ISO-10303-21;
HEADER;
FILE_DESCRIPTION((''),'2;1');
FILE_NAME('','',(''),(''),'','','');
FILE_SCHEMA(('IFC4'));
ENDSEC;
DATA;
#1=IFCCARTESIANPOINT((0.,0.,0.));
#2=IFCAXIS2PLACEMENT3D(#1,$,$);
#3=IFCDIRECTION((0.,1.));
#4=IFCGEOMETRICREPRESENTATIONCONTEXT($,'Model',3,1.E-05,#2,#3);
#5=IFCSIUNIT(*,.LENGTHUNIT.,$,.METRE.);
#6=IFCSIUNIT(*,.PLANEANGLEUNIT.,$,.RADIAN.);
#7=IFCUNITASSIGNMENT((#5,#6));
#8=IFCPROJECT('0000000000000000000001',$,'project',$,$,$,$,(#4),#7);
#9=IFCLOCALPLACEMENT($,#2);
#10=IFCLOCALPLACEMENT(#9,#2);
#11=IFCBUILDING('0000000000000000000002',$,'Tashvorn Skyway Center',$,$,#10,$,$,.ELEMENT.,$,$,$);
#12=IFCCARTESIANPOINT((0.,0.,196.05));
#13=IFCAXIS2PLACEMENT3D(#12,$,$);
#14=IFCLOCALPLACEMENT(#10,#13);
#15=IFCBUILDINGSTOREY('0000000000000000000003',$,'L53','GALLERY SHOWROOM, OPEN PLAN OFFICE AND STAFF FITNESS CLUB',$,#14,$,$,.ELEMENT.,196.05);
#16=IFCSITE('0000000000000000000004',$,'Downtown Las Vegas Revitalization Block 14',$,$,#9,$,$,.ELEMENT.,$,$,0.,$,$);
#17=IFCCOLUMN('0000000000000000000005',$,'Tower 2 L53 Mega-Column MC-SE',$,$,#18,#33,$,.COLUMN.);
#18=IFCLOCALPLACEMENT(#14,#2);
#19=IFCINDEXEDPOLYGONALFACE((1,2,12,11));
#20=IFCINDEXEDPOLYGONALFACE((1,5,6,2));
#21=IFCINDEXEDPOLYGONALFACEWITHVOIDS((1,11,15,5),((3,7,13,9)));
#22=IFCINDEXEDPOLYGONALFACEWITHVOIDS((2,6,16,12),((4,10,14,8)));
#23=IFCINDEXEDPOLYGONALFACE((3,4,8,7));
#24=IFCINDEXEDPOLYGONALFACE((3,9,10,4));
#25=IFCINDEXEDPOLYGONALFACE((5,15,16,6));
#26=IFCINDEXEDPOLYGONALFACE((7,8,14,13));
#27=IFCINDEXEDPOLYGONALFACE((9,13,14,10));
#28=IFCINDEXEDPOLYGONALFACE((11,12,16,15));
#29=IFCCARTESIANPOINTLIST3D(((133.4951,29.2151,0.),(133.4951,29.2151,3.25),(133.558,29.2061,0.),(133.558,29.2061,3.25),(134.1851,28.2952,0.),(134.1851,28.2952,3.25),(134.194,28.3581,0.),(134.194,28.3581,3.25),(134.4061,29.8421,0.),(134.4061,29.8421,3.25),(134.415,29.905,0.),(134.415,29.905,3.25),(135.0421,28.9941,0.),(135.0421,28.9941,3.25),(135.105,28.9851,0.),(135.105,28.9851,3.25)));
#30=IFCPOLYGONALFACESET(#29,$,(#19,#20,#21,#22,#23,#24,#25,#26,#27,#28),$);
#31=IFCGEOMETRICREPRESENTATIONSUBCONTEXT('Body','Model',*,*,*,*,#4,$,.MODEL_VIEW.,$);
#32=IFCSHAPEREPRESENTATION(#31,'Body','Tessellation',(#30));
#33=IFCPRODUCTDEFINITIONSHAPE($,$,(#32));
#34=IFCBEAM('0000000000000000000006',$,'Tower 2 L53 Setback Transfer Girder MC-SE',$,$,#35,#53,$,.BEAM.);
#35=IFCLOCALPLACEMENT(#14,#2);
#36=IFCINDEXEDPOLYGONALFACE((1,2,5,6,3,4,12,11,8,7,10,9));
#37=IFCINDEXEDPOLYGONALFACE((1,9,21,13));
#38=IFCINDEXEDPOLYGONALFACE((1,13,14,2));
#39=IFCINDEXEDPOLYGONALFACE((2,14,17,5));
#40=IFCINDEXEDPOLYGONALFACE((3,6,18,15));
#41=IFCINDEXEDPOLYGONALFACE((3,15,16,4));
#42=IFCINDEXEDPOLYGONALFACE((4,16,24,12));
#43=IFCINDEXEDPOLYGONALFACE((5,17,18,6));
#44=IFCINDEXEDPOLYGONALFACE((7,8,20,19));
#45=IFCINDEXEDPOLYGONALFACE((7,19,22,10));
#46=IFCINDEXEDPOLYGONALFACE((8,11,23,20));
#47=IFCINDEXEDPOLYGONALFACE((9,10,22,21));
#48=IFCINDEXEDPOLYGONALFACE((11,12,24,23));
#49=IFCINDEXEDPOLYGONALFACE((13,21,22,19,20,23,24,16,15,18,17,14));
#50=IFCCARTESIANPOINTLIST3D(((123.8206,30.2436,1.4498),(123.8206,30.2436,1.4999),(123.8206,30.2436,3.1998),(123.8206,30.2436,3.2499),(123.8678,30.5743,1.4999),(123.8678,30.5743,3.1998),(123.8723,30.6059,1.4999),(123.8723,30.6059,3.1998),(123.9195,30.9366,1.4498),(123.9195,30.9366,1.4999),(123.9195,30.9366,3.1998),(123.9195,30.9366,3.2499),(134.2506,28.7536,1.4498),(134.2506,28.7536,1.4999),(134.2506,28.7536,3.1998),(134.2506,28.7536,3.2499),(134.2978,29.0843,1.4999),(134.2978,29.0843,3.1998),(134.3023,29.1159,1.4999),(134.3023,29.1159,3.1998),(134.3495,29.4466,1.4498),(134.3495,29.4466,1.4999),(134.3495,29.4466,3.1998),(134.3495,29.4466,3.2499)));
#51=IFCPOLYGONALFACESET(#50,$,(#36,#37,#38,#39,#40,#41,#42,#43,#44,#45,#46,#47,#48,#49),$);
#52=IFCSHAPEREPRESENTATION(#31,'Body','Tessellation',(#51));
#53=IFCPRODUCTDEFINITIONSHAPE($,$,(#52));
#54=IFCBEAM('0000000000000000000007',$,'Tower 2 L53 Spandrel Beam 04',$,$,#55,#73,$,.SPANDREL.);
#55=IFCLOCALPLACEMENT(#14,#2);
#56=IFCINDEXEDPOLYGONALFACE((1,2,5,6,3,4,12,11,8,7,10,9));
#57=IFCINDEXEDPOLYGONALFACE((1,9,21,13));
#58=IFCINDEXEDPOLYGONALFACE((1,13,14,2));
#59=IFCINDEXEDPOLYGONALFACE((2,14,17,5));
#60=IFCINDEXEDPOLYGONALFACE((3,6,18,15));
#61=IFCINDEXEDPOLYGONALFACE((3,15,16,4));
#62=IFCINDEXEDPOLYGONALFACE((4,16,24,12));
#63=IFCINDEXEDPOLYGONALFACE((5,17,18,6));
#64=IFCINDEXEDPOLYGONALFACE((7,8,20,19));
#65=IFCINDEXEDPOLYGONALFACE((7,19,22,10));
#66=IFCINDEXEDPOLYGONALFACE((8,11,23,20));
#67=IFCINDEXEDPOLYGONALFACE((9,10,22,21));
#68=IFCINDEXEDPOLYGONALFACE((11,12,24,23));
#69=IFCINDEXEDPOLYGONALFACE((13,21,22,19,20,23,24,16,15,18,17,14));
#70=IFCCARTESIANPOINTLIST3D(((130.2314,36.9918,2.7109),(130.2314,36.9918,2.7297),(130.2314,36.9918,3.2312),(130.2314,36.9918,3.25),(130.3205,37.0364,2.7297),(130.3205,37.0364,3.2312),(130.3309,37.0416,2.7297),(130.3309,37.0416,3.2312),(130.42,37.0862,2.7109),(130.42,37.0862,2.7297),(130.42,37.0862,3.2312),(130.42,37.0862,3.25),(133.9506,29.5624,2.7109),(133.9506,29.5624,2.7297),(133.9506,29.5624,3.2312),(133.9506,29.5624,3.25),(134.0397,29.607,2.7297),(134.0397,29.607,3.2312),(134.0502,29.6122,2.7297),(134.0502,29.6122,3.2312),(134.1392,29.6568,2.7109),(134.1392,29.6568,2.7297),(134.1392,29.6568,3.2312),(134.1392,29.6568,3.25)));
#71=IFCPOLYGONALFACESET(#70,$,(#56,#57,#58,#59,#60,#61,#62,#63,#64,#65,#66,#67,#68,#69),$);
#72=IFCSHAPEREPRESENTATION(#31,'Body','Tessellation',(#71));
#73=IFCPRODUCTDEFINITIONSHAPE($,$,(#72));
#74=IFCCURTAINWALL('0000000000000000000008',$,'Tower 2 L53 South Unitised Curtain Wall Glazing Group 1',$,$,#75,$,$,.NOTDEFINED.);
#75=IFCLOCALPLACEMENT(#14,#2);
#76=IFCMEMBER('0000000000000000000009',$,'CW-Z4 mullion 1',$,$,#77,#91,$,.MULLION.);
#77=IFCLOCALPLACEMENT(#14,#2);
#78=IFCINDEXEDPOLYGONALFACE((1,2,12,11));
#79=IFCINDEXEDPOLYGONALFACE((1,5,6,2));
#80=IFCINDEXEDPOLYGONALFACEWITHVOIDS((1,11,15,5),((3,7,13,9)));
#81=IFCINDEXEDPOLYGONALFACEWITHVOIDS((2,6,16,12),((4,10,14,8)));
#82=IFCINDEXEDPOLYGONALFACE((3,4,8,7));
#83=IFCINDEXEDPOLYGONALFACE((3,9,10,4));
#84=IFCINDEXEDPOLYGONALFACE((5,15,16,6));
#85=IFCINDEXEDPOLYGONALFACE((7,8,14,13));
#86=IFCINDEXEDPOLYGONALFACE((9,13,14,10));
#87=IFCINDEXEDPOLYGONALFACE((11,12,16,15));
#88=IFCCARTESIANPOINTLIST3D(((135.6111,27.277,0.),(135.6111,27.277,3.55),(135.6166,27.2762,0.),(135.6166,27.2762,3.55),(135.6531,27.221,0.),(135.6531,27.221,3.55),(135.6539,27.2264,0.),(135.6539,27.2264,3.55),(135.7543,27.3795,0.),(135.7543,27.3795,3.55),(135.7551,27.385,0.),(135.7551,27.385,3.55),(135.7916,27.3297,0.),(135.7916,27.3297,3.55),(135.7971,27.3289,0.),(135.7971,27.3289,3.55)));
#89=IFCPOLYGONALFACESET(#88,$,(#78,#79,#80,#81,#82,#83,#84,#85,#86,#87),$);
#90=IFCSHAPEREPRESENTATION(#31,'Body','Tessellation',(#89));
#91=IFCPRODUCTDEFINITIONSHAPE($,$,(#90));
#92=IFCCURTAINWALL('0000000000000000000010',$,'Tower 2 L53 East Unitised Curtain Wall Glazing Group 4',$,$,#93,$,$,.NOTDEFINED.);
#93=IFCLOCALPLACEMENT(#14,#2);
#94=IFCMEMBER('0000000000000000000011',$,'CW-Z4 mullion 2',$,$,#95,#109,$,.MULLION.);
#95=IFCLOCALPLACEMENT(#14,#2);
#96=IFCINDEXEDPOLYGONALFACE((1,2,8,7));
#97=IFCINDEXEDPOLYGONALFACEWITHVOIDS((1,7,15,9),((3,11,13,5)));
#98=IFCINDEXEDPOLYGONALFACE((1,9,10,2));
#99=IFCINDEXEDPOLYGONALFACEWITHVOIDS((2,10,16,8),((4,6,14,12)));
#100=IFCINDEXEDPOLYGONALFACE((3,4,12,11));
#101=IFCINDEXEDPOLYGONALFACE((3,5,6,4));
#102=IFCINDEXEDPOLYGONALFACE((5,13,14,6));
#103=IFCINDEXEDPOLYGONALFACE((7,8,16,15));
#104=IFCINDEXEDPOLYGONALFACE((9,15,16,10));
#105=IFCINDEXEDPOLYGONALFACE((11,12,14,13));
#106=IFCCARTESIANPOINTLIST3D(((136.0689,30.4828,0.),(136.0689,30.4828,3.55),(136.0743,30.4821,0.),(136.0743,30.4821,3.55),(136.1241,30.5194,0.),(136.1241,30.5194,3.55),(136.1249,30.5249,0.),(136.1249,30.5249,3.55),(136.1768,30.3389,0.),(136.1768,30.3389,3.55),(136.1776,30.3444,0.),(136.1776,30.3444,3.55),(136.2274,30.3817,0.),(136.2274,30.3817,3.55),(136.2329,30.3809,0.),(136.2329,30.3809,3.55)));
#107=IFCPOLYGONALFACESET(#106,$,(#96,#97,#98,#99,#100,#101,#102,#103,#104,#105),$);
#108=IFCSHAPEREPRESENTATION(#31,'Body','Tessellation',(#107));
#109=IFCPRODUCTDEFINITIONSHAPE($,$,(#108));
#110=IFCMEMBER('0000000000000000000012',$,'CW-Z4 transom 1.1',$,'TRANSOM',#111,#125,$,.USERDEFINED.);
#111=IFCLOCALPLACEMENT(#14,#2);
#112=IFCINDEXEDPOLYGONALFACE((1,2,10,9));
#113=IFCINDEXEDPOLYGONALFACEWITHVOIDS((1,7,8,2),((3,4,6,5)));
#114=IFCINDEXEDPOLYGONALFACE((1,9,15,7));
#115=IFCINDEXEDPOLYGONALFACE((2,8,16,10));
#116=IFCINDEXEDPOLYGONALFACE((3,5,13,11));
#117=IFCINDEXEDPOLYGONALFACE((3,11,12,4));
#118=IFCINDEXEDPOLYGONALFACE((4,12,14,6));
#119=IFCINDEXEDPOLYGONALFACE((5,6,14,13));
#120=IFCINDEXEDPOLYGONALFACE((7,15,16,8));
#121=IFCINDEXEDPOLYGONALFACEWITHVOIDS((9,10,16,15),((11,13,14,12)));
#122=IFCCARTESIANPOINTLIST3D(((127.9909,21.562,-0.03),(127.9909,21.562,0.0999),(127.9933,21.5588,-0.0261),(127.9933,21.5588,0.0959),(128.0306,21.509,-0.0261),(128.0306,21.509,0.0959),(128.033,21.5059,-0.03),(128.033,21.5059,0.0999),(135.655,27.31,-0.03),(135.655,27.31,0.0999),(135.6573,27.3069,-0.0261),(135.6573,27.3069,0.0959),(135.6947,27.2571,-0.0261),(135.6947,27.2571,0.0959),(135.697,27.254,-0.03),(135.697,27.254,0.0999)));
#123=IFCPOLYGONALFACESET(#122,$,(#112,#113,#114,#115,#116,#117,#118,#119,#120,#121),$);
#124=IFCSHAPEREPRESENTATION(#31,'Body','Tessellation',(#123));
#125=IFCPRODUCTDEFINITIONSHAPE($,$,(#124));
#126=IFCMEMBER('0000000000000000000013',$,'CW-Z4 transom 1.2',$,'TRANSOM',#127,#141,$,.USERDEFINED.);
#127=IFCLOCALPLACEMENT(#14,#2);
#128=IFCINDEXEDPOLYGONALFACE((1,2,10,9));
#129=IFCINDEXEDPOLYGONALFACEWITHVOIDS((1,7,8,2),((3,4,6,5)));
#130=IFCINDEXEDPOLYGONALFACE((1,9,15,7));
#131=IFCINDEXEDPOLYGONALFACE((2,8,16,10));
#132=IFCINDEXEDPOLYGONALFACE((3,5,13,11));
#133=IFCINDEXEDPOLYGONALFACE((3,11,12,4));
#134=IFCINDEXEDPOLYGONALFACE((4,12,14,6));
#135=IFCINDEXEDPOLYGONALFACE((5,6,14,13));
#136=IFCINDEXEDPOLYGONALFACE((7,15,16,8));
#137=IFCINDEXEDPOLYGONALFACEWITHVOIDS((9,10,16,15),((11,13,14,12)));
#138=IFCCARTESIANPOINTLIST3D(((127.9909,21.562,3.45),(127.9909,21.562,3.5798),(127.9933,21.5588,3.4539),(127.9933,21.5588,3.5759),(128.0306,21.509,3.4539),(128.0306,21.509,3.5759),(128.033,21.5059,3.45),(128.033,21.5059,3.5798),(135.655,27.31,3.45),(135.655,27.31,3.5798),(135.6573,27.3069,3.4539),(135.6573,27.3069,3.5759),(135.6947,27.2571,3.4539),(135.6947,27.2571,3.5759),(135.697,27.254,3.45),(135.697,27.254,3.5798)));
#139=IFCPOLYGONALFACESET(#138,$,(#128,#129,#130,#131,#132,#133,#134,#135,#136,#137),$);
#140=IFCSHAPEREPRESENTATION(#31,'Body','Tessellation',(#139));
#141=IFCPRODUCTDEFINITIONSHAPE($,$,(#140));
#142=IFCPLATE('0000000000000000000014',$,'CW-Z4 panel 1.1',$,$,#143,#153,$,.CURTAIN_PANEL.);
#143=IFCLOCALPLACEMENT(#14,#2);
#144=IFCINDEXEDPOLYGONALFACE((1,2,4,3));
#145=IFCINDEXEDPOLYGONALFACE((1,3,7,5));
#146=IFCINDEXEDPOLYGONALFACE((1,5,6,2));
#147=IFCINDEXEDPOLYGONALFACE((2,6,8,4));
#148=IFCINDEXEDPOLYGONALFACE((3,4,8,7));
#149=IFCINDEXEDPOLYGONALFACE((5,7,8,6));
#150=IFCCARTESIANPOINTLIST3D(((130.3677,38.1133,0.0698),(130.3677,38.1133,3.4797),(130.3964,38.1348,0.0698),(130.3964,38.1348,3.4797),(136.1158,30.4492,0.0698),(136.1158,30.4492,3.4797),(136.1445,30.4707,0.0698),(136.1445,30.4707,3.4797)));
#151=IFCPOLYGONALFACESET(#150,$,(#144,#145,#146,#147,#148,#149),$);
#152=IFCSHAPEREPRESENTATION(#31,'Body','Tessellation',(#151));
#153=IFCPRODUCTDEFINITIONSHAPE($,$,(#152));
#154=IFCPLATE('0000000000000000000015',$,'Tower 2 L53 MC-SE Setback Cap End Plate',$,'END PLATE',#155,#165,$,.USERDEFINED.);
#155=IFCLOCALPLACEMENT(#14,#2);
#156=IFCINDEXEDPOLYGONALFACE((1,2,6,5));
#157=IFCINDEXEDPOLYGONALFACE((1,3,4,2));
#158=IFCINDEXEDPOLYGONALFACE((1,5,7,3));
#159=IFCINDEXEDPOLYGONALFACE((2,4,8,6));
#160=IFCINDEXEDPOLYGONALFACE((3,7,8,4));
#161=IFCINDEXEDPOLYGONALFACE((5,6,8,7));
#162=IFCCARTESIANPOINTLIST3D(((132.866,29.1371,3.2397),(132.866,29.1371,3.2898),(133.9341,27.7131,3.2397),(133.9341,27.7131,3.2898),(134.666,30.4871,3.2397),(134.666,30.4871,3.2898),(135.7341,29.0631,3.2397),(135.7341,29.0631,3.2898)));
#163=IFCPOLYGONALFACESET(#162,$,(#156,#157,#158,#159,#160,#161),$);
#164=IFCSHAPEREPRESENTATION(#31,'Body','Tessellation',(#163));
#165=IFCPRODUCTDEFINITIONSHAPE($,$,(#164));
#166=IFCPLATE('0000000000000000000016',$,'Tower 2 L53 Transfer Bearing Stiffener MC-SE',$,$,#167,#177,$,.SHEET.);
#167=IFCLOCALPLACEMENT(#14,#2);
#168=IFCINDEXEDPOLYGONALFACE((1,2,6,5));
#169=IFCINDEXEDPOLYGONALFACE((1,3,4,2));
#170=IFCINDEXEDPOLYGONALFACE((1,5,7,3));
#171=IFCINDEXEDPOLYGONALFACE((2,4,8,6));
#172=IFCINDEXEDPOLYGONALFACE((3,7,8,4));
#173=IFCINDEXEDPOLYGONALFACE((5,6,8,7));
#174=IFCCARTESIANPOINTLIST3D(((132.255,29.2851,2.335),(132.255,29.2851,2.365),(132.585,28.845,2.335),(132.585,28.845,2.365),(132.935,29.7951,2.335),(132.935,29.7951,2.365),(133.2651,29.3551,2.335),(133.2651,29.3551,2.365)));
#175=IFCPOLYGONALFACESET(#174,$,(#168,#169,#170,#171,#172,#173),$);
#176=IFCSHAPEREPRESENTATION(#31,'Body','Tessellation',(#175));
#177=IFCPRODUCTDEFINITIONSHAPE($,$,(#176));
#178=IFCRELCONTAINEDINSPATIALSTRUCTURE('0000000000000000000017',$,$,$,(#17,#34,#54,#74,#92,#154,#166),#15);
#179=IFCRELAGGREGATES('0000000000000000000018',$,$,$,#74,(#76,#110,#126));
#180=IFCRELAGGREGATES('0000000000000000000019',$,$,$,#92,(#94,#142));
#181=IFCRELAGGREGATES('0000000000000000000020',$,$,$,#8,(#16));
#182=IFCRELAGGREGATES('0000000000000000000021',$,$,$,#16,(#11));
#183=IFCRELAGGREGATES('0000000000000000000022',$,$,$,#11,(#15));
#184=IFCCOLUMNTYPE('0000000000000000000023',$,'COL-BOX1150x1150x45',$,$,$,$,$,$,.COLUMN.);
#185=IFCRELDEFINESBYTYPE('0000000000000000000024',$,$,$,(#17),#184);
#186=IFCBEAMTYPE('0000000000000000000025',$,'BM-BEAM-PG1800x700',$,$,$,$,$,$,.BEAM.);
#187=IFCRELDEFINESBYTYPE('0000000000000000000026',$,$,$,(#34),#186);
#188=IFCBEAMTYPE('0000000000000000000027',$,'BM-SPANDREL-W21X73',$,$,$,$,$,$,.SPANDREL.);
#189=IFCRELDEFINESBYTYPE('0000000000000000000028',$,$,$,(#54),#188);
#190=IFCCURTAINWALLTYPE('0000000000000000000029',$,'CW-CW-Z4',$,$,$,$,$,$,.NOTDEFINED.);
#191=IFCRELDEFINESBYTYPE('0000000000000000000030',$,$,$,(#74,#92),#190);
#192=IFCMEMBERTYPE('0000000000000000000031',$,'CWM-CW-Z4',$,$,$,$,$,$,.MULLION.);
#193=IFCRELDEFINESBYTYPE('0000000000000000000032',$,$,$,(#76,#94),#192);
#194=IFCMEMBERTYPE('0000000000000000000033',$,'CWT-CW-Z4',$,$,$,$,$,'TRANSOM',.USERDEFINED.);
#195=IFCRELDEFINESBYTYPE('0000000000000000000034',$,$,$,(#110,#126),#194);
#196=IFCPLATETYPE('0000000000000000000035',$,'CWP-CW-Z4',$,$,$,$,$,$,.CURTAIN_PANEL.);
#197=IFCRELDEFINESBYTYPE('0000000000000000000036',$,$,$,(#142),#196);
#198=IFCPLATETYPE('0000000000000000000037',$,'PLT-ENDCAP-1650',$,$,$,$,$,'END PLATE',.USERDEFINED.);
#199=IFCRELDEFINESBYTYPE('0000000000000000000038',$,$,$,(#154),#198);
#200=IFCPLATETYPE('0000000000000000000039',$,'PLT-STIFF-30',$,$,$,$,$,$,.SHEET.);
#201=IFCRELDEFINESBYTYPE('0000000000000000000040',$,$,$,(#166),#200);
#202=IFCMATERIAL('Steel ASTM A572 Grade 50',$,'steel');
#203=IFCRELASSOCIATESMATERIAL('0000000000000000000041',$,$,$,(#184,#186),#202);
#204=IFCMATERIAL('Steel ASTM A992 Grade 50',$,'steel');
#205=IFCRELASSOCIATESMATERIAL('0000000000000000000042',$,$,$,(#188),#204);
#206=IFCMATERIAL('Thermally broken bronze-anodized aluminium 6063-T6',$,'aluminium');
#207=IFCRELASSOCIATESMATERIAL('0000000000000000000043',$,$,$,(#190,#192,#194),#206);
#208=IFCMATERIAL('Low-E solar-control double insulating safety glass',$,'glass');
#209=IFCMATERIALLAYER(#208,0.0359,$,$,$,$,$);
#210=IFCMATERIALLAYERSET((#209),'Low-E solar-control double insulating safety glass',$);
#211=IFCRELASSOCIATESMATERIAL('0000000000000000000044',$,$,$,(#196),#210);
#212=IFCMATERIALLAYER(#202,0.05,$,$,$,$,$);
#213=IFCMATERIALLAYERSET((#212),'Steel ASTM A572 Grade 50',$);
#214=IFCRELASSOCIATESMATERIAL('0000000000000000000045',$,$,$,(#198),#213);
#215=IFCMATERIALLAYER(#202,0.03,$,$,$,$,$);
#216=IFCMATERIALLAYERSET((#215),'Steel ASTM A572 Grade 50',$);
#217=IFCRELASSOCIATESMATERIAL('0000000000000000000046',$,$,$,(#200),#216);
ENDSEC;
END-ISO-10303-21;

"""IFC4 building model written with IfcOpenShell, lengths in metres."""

from ifc_helpers import new_model, si_unit, direction, frame, origin, origin_2d, place, context, subcontext, project, spatial, rectangle, hollow_rectangle, i_section, extrude, material, layer, layer_set, material_profile, profile_set, type_object, element, aggregate, save


model = new_model("IFC4")

# Units and contexts
model_context = context("Model", 3, precision=1e-05, world=origin(), true_north=direction((0.0, 1.0)))
body_context = subcontext(model_context, "Body", "Model", "MODEL_VIEW")
ifc_project = project(units=[si_unit("LENGTHUNIT", "METRE"), si_unit("PLANEANGLEUNIT", "RADIAN")], contexts=[model_context])

# Site, building, storey
site_placement = place(None, origin())
site = spatial("IfcSite", under=ifc_project, at=site_placement, Name="Downtown Las Vegas Revitalization Block 14", CompositionType="ELEMENT", RefElevation=0.0)
building_placement = place(site_placement, origin())
building = spatial("IfcBuilding", under=site, at=building_placement, Name="Tashvorn Skyway Center", CompositionType="ELEMENT")
storey_placement = place(building_placement, frame((0.0, 0.0, 196.05)))
storey = spatial("IfcBuildingStorey", under=building, at=storey_placement, Name="L53", Description="GALLERY SHOWROOM, OPEN PLAN OFFICE AND STAFF FITNESS CLUB", CompositionType="ELEMENT", Elevation=196.05)

# Column
ifc_material_1 = material(Name="Steel ASTM A572 Grade 50", Category="steel")
ifc_material_profile_1 = material_profile(ifc_material_1, hollow_rectangle(XDim=1.1499, YDim=1.1499, WallThickness=0.0449, at=origin_2d()), Name="BOX1150x1150x45")
ifc_profile_set_1 = profile_set([ifc_material_profile_1], Name="Steel ASTM A572 Grade 50")
column_type = type_object("IfcColumnType", Name="COL-BOX1150x1150x45", PredefinedType="COLUMN", material=ifc_profile_set_1)
column_placement = place(storey_placement, frame((134.3, 29.1001, 0.0), z_axis=(0.0, 0.0, 1.0), x_axis=(0.8, 0.6, 0.0)))
element("IfcColumn", 1, at=column_placement, inside=storey, type_object=column_type, Name="Tower 2 L53 Mega-Column MC-SE", PredefinedType="COLUMN", context=body_context, shape_type="SweptSolid", body=[
    extrude(hollow_rectangle(XDim=1.1499, YDim=1.1499, WallThickness=0.0449, at=origin_2d()), origin(), (0.0, 0.0, 1.0), 3.25),
])

# Beams
ifc_material_profile_2 = material_profile(ifc_material_1, i_section(OverallWidth=0.7, OverallDepth=1.8, WebThickness=0.032, FlangeThickness=0.05, at=origin_2d()), Name="PG1800x700")
ifc_profile_set_2 = profile_set([ifc_material_profile_2], Name="Steel ASTM A572 Grade 50")
beam_type_1 = type_object("IfcBeamType", Name="BM-BEAM-PG1800x700", PredefinedType="BEAM", material=ifc_profile_set_2)
beam_1_placement = place(storey_placement, frame((134.3, 29.1001, 2.3499), z_axis=(-0.989949, 0.141421, 0.0), x_axis=(-0.141421, -0.989949, 0.0)))
element("IfcBeam", 2, at=beam_1_placement, inside=storey, type_object=beam_type_1, Name="Tower 2 L53 Setback Transfer Girder MC-SE", PredefinedType="BEAM", context=body_context, shape_type="SweptSolid", body=[
    extrude(i_section(OverallWidth=0.7, OverallDepth=1.8, WebThickness=0.032, FlangeThickness=0.05, at=origin_2d()), origin(), (0.0, 0.0, 1.0), 10.5359),
])
ifc_material_2 = material(Name="Steel ASTM A992 Grade 50", Category="steel")
ifc_material_profile_3 = material_profile(ifc_material_2, i_section(OverallWidth=0.2109, OverallDepth=0.5391, WebThickness=0.0117, FlangeThickness=0.0188, at=origin_2d()), Name="W21X73")
ifc_profile_set_3 = profile_set([ifc_material_profile_3], Name="Steel ASTM A992 Grade 50")
beam_type_2 = type_object("IfcBeamType", Name="BM-SPANDREL-W21X73", PredefinedType="SPANDREL", material=ifc_profile_set_3)
beam_2_placement = place(storey_placement, frame((134.0449, 29.6096, 2.9805), z_axis=(-0.447648, 0.89421, 0.0), x_axis=(-0.89421, -0.447648, 0.0)))
element("IfcBeam", 3, at=beam_2_placement, inside=storey, type_object=beam_type_2, Name="Tower 2 L53 Spandrel Beam 04", PredefinedType="SPANDREL", context=body_context, shape_type="SweptSolid", body=[
    extrude(i_section(OverallWidth=0.2109, OverallDepth=0.5391, WebThickness=0.0117, FlangeThickness=0.0188, at=origin_2d()), origin(), (0.0, 0.0, 1.0), 8.3083),
])

# Curtain walls, members
ifc_material_3 = material(Name="Thermally broken bronze-anodized aluminium 6063-T6", Category="aluminium")
curtain_wall_type = type_object("IfcCurtainWallType", Name="CW-CW-Z4", PredefinedType="NOTDEFINED", material=ifc_material_3)
curtain_wall_1_placement = place(storey_placement, origin())
curtain_wall_1 = element("IfcCurtainWall", 4, at=curtain_wall_1_placement, inside=storey, type_object=curtain_wall_type, Name="Tower 2 L53 South Unitised Curtain Wall Glazing Group 1", PredefinedType="NOTDEFINED")
ifc_material_profile_4 = material_profile(ifc_material_3, hollow_rectangle(XDim=0.0701, YDim=0.1799, WallThickness=0.0039, at=origin_2d()), Name="ALU-MULL-70x180")
ifc_profile_set_4 = profile_set([ifc_material_profile_4], Name="Thermally broken bronze-anodized aluminium 6063-T6")
member_type_1 = type_object("IfcMemberType", Name="CWM-CW-Z4", PredefinedType="MULLION", material=ifc_profile_set_4)
member_1_placement = place(storey_placement, frame((135.7041, 27.303, 0.0), z_axis=(0.0, 0.0, 1.0), x_axis=(0.6, -0.8, 0.0)))
member_1 = element("IfcMember", 5, at=member_1_placement, type_object=member_type_1, Name="CW-Z4 mullion 1", PredefinedType="MULLION", context=body_context, shape_type="SweptSolid", body=[
    extrude(hollow_rectangle(XDim=0.0701, YDim=0.1799, WallThickness=0.0039, at=origin_2d()), origin(), (0.0, 0.0, 1.0), 3.55),
])
curtain_wall_2_placement = place(storey_placement, origin())
curtain_wall_2 = element("IfcCurtainWall", 6, at=curtain_wall_2_placement, inside=storey, type_object=curtain_wall_type, Name="Tower 2 L53 East Unitised Curtain Wall Glazing Group 4", PredefinedType="NOTDEFINED")
member_2_placement = place(storey_placement, frame((136.1509, 30.4319, 0.0), z_axis=(0.0, 0.0, 1.0), x_axis=(0.8, 0.6, 0.0)))
member_2 = element("IfcMember", 7, at=member_2_placement, type_object=member_type_1, Name="CW-Z4 mullion 2", PredefinedType="MULLION", context=body_context, shape_type="SweptSolid", body=[
    extrude(hollow_rectangle(XDim=0.0701, YDim=0.1799, WallThickness=0.0039, at=origin_2d()), origin(), (0.0, 0.0, 1.0), 3.55),
])

# Members
ifc_material_profile_5 = material_profile(ifc_material_3, hollow_rectangle(XDim=0.0701, YDim=0.1299, WallThickness=0.0039, at=origin_2d()), Name="ALU-TRAN-70x130")
ifc_profile_set_5 = profile_set([ifc_material_profile_5], Name="Thermally broken bronze-anodized aluminium 6063-T6")
member_type_2 = type_object("IfcMemberType", Name="CWT-CW-Z4", ElementType="TRANSOM", PredefinedType="USERDEFINED", material=ifc_profile_set_5)
member_3_placement = place(storey_placement, frame((135.676, 27.282, 0.0349), z_axis=(-0.8, -0.6, 0.0), x_axis=(0.6, -0.8, 0.0)))
member_3 = element("IfcMember", 8, at=member_3_placement, type_object=member_type_2, Name="CW-Z4 transom 1.1", ObjectType="TRANSOM", PredefinedType="USERDEFINED", context=body_context, shape_type="SweptSolid", body=[
    extrude(hollow_rectangle(XDim=0.0701, YDim=0.1299, WallThickness=0.0039, at=origin_2d()), origin(), (0.0, 0.0, 1.0), 9.5801),
])
member_4_placement = place(storey_placement, frame((135.676, 27.282, 3.5149), z_axis=(-0.8, -0.6, 0.0), x_axis=(0.6, -0.8, 0.0)))
member_4 = element("IfcMember", 9, at=member_4_placement, type_object=member_type_2, Name="CW-Z4 transom 1.2", ObjectType="TRANSOM", PredefinedType="USERDEFINED", context=body_context, shape_type="SweptSolid", body=[
    extrude(hollow_rectangle(XDim=0.0701, YDim=0.1299, WallThickness=0.0039, at=origin_2d()), origin(), (0.0, 0.0, 1.0), 9.5801),
])
aggregate(curtain_wall_1, [member_1, member_3, member_4])

# Plate
ifc_material_4 = material(Name="Low-E solar-control double insulating safety glass", Category="glass")
ifc_layer_1 = layer(ifc_material_4, 0.0359)
ifc_layer_set_1 = layer_set([ifc_layer_1], Name="Low-E solar-control double insulating safety glass")
plate_type_1 = type_object("IfcPlateType", Name="CWP-CW-Z4", PredefinedType="CURTAIN_PANEL", material=ifc_layer_set_1)
plate_1_placement = place(storey_placement, frame((133.2561, 34.292, 0.0698), z_axis=(0.0, 0.0, 1.0), x_axis=(0.6, -0.8, 0.0)))
plate_1 = element("IfcPlate", 10, at=plate_1_placement, type_object=plate_type_1, Name="CW-Z4 panel 1.1", PredefinedType="CURTAIN_PANEL", context=body_context, shape_type="SweptSolid", body=[
    extrude(rectangle(XDim=9.5801, YDim=0.0359, at=origin_2d()), origin(), (0.0, 0.0, 1.0), 3.4099),
])
aggregate(curtain_wall_2, [member_2, plate_1])

# Plates
ifc_layer_2 = layer(ifc_material_1, 0.05)
ifc_layer_set_2 = layer_set([ifc_layer_2], Name="Steel ASTM A572 Grade 50")
plate_type_2 = type_object("IfcPlateType", Name="PLT-ENDCAP-1650", ElementType="END PLATE", PredefinedType="USERDEFINED", material=ifc_layer_set_2)
plate_2_placement = place(storey_placement, frame((134.3, 29.1001, 3.2397), z_axis=(0.0, 0.0, 1.0), x_axis=(0.8, 0.6, 0.0)))
element("IfcPlate", 11, at=plate_2_placement, inside=storey, type_object=plate_type_2, Name="Tower 2 L53 MC-SE Setback Cap End Plate", ObjectType="END PLATE", PredefinedType="USERDEFINED", context=body_context, shape_type="SweptSolid", body=[
    extrude(rectangle(XDim=2.25, YDim=1.78, at=origin_2d()), origin(), (0.0, 0.0, 1.0), 0.05),
])
ifc_layer_3 = layer(ifc_material_1, 0.03)
ifc_layer_set_3 = layer_set([ifc_layer_3], Name="Steel ASTM A572 Grade 50")
plate_type_3 = type_object("IfcPlateType", Name="PLT-STIFF-30", PredefinedType="SHEET", material=ifc_layer_set_3)
plate_3_placement = place(storey_placement, frame((132.76, 29.3201, 2.335), z_axis=(0.0, 0.0, 1.0), x_axis=(0.8, 0.6, 0.0)))
element("IfcPlate", 12, at=plate_3_placement, inside=storey, type_object=plate_type_3, Name="Tower 2 L53 Transfer Bearing Stiffener MC-SE", PredefinedType="SHEET", context=body_context, shape_type="SweptSolid", body=[
    extrude(rectangle(XDim=0.8501, YDim=0.55, at=origin_2d()), origin(), (0.0, 0.0, 1.0), 0.03),
])

save(model, "model.ifc")
